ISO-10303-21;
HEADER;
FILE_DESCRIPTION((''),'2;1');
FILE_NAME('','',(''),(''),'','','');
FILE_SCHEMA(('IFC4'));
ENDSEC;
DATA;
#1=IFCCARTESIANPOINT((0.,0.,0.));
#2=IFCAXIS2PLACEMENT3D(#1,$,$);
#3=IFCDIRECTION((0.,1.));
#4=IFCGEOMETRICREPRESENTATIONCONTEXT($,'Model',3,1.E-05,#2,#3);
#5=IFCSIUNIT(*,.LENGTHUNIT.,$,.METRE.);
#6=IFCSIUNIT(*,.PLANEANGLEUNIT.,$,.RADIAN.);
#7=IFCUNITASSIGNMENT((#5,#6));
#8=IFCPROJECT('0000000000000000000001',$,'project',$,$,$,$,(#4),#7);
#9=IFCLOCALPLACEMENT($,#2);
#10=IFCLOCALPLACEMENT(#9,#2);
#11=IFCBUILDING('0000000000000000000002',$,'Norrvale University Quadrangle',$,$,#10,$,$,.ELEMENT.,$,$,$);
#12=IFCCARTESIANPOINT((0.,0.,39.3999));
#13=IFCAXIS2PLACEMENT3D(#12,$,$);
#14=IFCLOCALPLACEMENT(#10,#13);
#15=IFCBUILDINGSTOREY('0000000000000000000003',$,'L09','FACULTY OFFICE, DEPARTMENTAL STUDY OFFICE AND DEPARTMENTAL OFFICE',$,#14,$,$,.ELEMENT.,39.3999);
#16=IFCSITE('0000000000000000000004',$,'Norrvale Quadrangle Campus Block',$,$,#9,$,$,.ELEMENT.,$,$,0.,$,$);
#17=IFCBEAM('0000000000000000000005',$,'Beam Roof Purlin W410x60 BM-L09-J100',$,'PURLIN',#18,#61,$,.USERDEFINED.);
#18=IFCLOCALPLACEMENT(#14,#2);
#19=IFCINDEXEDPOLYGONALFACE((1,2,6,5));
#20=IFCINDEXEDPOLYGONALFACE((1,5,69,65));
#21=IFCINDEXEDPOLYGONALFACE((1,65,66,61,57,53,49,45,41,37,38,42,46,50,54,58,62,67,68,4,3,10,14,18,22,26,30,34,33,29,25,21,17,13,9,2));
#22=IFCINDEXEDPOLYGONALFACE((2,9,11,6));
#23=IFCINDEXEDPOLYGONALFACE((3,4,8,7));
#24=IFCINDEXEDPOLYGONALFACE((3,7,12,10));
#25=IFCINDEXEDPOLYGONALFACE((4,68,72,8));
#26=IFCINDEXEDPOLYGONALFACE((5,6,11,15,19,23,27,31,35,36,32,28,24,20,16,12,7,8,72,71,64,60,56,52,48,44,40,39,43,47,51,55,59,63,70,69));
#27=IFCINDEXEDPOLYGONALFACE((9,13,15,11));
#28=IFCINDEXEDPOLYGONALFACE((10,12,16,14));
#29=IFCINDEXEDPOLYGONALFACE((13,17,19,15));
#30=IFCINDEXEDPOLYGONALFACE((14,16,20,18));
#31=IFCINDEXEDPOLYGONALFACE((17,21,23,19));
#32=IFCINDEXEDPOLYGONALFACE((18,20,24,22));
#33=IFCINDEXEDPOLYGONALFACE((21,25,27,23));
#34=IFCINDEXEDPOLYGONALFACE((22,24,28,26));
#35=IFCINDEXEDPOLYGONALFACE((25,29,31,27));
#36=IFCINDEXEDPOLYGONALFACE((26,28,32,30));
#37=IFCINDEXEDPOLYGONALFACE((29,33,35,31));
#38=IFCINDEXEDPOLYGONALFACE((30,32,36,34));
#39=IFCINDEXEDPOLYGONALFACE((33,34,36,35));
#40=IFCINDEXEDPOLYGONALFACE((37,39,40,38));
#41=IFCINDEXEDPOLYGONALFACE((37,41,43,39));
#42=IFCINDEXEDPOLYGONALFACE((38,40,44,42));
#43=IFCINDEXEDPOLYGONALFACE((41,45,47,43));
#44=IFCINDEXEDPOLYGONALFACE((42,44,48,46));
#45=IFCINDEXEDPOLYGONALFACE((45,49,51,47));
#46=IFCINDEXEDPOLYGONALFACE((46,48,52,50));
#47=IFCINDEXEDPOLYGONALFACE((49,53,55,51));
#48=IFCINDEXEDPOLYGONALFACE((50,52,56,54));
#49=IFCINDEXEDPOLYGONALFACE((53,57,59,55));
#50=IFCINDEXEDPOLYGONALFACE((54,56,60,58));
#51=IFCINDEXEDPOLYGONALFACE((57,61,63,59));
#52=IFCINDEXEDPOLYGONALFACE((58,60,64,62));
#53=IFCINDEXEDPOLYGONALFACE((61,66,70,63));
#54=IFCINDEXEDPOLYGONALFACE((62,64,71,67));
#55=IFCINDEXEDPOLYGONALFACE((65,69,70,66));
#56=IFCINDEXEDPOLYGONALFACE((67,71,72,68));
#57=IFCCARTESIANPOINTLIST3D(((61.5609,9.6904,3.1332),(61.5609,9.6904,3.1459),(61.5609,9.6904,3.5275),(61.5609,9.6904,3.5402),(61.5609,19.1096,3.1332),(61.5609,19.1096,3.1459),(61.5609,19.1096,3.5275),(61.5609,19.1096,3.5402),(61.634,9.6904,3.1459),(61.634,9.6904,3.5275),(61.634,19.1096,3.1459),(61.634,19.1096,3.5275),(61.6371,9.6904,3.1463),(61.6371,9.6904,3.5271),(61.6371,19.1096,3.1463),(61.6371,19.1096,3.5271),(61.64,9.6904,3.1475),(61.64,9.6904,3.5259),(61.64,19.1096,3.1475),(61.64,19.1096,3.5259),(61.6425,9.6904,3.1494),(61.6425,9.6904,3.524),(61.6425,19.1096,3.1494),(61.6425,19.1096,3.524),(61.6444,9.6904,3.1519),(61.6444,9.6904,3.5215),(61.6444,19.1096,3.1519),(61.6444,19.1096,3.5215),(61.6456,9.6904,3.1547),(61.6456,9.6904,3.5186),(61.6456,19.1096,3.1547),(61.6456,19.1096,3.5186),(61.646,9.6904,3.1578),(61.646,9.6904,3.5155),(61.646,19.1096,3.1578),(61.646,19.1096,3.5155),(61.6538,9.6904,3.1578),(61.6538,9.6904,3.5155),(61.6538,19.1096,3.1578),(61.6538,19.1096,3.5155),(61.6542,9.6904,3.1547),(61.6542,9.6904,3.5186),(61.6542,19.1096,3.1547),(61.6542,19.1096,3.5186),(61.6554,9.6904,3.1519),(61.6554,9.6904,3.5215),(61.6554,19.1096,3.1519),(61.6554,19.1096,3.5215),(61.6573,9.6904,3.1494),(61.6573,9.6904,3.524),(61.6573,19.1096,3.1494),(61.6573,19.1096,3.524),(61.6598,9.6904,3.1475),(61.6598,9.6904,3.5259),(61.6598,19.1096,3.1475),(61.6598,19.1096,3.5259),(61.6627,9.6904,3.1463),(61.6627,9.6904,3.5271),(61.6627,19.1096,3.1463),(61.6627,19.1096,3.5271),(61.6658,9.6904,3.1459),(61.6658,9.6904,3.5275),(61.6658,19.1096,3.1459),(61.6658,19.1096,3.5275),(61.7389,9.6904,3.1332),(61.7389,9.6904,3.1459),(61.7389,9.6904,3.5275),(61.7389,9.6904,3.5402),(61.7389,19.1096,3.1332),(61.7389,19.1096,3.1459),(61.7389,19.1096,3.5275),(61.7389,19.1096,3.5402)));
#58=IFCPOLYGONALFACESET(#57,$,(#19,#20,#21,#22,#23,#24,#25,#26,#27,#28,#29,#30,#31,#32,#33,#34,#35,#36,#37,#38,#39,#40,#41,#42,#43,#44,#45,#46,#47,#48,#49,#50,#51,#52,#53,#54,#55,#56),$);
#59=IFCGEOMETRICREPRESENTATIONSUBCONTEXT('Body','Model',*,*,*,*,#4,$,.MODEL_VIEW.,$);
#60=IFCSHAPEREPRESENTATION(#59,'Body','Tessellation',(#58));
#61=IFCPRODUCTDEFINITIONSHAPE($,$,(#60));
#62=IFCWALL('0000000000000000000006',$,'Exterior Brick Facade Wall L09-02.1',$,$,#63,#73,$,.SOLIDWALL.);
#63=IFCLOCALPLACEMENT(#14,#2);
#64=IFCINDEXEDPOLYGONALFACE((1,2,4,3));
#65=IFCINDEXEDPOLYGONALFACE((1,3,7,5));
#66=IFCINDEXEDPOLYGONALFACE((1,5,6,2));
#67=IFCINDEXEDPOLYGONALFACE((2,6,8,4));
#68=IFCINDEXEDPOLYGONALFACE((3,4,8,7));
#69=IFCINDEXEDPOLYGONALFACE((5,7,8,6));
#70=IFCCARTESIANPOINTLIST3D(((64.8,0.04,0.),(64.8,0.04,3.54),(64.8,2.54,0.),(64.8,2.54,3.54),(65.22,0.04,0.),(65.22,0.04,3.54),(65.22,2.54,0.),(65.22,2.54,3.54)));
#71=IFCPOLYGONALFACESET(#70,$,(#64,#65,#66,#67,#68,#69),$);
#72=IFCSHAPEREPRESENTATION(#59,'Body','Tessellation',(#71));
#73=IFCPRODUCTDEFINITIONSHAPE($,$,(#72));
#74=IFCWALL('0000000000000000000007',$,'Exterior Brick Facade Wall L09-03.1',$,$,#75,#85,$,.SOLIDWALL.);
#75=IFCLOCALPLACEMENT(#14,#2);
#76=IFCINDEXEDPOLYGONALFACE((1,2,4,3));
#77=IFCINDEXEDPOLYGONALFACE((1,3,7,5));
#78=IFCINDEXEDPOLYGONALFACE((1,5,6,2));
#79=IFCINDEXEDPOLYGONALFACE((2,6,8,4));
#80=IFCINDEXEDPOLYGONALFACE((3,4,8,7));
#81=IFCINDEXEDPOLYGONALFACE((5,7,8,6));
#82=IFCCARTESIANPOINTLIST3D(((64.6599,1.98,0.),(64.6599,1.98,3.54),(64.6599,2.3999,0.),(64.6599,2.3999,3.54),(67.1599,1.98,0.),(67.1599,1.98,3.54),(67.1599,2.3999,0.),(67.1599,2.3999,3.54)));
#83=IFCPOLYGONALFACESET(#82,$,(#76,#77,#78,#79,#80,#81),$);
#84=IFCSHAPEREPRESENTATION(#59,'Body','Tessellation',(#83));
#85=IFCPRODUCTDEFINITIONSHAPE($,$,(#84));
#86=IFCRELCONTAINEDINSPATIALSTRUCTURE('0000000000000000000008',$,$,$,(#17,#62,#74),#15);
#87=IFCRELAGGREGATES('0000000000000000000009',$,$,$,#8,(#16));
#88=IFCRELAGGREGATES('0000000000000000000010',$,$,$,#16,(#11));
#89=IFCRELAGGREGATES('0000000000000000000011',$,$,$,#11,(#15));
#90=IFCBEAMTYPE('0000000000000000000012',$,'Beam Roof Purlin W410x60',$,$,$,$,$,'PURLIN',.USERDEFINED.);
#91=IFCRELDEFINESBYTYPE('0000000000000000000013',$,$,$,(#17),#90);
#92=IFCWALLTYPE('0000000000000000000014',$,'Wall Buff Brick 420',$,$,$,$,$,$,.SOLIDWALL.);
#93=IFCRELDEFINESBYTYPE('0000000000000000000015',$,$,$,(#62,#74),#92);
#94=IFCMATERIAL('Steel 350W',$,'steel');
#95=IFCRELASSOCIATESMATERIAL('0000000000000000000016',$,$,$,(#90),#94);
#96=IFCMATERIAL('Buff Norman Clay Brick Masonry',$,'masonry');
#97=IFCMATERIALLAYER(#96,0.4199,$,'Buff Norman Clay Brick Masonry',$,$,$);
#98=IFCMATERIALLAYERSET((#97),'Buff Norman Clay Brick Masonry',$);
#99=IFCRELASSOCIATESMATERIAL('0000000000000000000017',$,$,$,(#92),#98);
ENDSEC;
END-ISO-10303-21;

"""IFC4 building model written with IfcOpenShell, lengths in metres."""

from ifc_helpers import new_model, si_unit, direction, frame, frame_2d, origin, origin_2d, place, context, subcontext, project, spatial, rectangle, i_section, extrude, material, layer, layer_set, material_profile, profile_set, type_object, element, save


model = new_model("IFC4")

# Units and contexts
model_context = context("Model", 3, precision=1e-05, world=origin(), true_north=direction((0.0, 1.0)))
body_context = subcontext(model_context, "Body", "Model", "MODEL_VIEW")
ifc_project = project(units=[si_unit("LENGTHUNIT", "METRE"), si_unit("PLANEANGLEUNIT", "RADIAN")], contexts=[model_context])

# Site, building, storey
site_placement = place(None, origin())
site = spatial("IfcSite", under=ifc_project, at=site_placement, Name="Norrvale Quadrangle Campus Block", CompositionType="ELEMENT", RefElevation=0.0)
building_placement = place(site_placement, origin())
building = spatial("IfcBuilding", under=site, at=building_placement, Name="Norrvale University Quadrangle", CompositionType="ELEMENT")
storey_placement = place(building_placement, frame((0.0, 0.0, 39.3999)))
storey = spatial("IfcBuildingStorey", under=building, at=storey_placement, Name="L09", Description="FACULTY OFFICE, DEPARTMENTAL STUDY OFFICE AND DEPARTMENTAL OFFICE", CompositionType="ELEMENT", Elevation=39.3999)

# Beam
ifc_material_1 = material(Name="Steel 350W", Category="steel")
ifc_material_profile_1 = material_profile(ifc_material_1, i_section(OverallWidth=0.178, OverallDepth=0.407, WebThickness=0.0078, FlangeThickness=0.0127, FilletRadius=0.012, at=origin_2d()), Name="Steel 350W")
ifc_profile_set_1 = profile_set([ifc_material_profile_1], Name="Steel 350W")
beam_type_1 = type_object("IfcBeamType", Name="Beam Roof Purlin W410x60", ElementType="PURLIN", PredefinedType="USERDEFINED", material=ifc_profile_set_1)
for number, where, z_axis, x_axis, name in (
    (1, (61.6499, 9.6904, 3.3367), (0.0, 1.0, 0.0), (-1.0, 0.0, 0.0), "Beam Roof Purlin W410x60 BM-L09-J100"),
):
    element("IfcBeam", number, at=place(storey_placement, frame(where, z_axis=z_axis, x_axis=x_axis)), inside=storey, type_object=beam_type_1, Name=name, ObjectType="PURLIN", PredefinedType="USERDEFINED", context=body_context, shape_type="SweptSolid", body=[
        extrude(i_section(OverallWidth=0.178, OverallDepth=0.407, WebThickness=0.0078, FlangeThickness=0.0127, FilletRadius=0.012, at=origin_2d()), origin(), (0.0, 0.0, 1.0), 9.4192),
    ])

# Walls
ifc_material_2 = material(Name="Buff Norman Clay Brick Masonry", Category="masonry")
ifc_layer_1 = layer(ifc_material_2, 0.4199, Name="Buff Norman Clay Brick Masonry")
ifc_layer_set_1 = layer_set([ifc_layer_1], Name="Buff Norman Clay Brick Masonry")
wall_type_1 = type_object("IfcWallType", Name="Wall Buff Brick 420", PredefinedType="SOLIDWALL", material=ifc_layer_set_1)
for number, where, z_axis, x_axis, name in (
    (2, (65.01, 0.04, 0.0), (0.0, 0.0, 1.0), (0.0, 1.0, 0.0), "Exterior Brick Facade Wall L09-02.1"),
    (3, (64.6599, 2.1899, 0.0), (0.0, 0.0, 1.0), (1.0, 0.0, 0.0), "Exterior Brick Facade Wall L09-03.1"),
):
    element("IfcWall", number, at=place(storey_placement, frame(where, z_axis=z_axis, x_axis=x_axis)), inside=storey, type_object=wall_type_1, Name=name, PredefinedType="SOLIDWALL", context=body_context, shape_type="SweptSolid", body=[
        extrude(rectangle(XDim=2.5, YDim=0.4199, at=frame_2d((1.25, 0.0))), origin(), (0.0, 0.0, 1.0), 3.54),
    ])

save(model, "model.ifc")
